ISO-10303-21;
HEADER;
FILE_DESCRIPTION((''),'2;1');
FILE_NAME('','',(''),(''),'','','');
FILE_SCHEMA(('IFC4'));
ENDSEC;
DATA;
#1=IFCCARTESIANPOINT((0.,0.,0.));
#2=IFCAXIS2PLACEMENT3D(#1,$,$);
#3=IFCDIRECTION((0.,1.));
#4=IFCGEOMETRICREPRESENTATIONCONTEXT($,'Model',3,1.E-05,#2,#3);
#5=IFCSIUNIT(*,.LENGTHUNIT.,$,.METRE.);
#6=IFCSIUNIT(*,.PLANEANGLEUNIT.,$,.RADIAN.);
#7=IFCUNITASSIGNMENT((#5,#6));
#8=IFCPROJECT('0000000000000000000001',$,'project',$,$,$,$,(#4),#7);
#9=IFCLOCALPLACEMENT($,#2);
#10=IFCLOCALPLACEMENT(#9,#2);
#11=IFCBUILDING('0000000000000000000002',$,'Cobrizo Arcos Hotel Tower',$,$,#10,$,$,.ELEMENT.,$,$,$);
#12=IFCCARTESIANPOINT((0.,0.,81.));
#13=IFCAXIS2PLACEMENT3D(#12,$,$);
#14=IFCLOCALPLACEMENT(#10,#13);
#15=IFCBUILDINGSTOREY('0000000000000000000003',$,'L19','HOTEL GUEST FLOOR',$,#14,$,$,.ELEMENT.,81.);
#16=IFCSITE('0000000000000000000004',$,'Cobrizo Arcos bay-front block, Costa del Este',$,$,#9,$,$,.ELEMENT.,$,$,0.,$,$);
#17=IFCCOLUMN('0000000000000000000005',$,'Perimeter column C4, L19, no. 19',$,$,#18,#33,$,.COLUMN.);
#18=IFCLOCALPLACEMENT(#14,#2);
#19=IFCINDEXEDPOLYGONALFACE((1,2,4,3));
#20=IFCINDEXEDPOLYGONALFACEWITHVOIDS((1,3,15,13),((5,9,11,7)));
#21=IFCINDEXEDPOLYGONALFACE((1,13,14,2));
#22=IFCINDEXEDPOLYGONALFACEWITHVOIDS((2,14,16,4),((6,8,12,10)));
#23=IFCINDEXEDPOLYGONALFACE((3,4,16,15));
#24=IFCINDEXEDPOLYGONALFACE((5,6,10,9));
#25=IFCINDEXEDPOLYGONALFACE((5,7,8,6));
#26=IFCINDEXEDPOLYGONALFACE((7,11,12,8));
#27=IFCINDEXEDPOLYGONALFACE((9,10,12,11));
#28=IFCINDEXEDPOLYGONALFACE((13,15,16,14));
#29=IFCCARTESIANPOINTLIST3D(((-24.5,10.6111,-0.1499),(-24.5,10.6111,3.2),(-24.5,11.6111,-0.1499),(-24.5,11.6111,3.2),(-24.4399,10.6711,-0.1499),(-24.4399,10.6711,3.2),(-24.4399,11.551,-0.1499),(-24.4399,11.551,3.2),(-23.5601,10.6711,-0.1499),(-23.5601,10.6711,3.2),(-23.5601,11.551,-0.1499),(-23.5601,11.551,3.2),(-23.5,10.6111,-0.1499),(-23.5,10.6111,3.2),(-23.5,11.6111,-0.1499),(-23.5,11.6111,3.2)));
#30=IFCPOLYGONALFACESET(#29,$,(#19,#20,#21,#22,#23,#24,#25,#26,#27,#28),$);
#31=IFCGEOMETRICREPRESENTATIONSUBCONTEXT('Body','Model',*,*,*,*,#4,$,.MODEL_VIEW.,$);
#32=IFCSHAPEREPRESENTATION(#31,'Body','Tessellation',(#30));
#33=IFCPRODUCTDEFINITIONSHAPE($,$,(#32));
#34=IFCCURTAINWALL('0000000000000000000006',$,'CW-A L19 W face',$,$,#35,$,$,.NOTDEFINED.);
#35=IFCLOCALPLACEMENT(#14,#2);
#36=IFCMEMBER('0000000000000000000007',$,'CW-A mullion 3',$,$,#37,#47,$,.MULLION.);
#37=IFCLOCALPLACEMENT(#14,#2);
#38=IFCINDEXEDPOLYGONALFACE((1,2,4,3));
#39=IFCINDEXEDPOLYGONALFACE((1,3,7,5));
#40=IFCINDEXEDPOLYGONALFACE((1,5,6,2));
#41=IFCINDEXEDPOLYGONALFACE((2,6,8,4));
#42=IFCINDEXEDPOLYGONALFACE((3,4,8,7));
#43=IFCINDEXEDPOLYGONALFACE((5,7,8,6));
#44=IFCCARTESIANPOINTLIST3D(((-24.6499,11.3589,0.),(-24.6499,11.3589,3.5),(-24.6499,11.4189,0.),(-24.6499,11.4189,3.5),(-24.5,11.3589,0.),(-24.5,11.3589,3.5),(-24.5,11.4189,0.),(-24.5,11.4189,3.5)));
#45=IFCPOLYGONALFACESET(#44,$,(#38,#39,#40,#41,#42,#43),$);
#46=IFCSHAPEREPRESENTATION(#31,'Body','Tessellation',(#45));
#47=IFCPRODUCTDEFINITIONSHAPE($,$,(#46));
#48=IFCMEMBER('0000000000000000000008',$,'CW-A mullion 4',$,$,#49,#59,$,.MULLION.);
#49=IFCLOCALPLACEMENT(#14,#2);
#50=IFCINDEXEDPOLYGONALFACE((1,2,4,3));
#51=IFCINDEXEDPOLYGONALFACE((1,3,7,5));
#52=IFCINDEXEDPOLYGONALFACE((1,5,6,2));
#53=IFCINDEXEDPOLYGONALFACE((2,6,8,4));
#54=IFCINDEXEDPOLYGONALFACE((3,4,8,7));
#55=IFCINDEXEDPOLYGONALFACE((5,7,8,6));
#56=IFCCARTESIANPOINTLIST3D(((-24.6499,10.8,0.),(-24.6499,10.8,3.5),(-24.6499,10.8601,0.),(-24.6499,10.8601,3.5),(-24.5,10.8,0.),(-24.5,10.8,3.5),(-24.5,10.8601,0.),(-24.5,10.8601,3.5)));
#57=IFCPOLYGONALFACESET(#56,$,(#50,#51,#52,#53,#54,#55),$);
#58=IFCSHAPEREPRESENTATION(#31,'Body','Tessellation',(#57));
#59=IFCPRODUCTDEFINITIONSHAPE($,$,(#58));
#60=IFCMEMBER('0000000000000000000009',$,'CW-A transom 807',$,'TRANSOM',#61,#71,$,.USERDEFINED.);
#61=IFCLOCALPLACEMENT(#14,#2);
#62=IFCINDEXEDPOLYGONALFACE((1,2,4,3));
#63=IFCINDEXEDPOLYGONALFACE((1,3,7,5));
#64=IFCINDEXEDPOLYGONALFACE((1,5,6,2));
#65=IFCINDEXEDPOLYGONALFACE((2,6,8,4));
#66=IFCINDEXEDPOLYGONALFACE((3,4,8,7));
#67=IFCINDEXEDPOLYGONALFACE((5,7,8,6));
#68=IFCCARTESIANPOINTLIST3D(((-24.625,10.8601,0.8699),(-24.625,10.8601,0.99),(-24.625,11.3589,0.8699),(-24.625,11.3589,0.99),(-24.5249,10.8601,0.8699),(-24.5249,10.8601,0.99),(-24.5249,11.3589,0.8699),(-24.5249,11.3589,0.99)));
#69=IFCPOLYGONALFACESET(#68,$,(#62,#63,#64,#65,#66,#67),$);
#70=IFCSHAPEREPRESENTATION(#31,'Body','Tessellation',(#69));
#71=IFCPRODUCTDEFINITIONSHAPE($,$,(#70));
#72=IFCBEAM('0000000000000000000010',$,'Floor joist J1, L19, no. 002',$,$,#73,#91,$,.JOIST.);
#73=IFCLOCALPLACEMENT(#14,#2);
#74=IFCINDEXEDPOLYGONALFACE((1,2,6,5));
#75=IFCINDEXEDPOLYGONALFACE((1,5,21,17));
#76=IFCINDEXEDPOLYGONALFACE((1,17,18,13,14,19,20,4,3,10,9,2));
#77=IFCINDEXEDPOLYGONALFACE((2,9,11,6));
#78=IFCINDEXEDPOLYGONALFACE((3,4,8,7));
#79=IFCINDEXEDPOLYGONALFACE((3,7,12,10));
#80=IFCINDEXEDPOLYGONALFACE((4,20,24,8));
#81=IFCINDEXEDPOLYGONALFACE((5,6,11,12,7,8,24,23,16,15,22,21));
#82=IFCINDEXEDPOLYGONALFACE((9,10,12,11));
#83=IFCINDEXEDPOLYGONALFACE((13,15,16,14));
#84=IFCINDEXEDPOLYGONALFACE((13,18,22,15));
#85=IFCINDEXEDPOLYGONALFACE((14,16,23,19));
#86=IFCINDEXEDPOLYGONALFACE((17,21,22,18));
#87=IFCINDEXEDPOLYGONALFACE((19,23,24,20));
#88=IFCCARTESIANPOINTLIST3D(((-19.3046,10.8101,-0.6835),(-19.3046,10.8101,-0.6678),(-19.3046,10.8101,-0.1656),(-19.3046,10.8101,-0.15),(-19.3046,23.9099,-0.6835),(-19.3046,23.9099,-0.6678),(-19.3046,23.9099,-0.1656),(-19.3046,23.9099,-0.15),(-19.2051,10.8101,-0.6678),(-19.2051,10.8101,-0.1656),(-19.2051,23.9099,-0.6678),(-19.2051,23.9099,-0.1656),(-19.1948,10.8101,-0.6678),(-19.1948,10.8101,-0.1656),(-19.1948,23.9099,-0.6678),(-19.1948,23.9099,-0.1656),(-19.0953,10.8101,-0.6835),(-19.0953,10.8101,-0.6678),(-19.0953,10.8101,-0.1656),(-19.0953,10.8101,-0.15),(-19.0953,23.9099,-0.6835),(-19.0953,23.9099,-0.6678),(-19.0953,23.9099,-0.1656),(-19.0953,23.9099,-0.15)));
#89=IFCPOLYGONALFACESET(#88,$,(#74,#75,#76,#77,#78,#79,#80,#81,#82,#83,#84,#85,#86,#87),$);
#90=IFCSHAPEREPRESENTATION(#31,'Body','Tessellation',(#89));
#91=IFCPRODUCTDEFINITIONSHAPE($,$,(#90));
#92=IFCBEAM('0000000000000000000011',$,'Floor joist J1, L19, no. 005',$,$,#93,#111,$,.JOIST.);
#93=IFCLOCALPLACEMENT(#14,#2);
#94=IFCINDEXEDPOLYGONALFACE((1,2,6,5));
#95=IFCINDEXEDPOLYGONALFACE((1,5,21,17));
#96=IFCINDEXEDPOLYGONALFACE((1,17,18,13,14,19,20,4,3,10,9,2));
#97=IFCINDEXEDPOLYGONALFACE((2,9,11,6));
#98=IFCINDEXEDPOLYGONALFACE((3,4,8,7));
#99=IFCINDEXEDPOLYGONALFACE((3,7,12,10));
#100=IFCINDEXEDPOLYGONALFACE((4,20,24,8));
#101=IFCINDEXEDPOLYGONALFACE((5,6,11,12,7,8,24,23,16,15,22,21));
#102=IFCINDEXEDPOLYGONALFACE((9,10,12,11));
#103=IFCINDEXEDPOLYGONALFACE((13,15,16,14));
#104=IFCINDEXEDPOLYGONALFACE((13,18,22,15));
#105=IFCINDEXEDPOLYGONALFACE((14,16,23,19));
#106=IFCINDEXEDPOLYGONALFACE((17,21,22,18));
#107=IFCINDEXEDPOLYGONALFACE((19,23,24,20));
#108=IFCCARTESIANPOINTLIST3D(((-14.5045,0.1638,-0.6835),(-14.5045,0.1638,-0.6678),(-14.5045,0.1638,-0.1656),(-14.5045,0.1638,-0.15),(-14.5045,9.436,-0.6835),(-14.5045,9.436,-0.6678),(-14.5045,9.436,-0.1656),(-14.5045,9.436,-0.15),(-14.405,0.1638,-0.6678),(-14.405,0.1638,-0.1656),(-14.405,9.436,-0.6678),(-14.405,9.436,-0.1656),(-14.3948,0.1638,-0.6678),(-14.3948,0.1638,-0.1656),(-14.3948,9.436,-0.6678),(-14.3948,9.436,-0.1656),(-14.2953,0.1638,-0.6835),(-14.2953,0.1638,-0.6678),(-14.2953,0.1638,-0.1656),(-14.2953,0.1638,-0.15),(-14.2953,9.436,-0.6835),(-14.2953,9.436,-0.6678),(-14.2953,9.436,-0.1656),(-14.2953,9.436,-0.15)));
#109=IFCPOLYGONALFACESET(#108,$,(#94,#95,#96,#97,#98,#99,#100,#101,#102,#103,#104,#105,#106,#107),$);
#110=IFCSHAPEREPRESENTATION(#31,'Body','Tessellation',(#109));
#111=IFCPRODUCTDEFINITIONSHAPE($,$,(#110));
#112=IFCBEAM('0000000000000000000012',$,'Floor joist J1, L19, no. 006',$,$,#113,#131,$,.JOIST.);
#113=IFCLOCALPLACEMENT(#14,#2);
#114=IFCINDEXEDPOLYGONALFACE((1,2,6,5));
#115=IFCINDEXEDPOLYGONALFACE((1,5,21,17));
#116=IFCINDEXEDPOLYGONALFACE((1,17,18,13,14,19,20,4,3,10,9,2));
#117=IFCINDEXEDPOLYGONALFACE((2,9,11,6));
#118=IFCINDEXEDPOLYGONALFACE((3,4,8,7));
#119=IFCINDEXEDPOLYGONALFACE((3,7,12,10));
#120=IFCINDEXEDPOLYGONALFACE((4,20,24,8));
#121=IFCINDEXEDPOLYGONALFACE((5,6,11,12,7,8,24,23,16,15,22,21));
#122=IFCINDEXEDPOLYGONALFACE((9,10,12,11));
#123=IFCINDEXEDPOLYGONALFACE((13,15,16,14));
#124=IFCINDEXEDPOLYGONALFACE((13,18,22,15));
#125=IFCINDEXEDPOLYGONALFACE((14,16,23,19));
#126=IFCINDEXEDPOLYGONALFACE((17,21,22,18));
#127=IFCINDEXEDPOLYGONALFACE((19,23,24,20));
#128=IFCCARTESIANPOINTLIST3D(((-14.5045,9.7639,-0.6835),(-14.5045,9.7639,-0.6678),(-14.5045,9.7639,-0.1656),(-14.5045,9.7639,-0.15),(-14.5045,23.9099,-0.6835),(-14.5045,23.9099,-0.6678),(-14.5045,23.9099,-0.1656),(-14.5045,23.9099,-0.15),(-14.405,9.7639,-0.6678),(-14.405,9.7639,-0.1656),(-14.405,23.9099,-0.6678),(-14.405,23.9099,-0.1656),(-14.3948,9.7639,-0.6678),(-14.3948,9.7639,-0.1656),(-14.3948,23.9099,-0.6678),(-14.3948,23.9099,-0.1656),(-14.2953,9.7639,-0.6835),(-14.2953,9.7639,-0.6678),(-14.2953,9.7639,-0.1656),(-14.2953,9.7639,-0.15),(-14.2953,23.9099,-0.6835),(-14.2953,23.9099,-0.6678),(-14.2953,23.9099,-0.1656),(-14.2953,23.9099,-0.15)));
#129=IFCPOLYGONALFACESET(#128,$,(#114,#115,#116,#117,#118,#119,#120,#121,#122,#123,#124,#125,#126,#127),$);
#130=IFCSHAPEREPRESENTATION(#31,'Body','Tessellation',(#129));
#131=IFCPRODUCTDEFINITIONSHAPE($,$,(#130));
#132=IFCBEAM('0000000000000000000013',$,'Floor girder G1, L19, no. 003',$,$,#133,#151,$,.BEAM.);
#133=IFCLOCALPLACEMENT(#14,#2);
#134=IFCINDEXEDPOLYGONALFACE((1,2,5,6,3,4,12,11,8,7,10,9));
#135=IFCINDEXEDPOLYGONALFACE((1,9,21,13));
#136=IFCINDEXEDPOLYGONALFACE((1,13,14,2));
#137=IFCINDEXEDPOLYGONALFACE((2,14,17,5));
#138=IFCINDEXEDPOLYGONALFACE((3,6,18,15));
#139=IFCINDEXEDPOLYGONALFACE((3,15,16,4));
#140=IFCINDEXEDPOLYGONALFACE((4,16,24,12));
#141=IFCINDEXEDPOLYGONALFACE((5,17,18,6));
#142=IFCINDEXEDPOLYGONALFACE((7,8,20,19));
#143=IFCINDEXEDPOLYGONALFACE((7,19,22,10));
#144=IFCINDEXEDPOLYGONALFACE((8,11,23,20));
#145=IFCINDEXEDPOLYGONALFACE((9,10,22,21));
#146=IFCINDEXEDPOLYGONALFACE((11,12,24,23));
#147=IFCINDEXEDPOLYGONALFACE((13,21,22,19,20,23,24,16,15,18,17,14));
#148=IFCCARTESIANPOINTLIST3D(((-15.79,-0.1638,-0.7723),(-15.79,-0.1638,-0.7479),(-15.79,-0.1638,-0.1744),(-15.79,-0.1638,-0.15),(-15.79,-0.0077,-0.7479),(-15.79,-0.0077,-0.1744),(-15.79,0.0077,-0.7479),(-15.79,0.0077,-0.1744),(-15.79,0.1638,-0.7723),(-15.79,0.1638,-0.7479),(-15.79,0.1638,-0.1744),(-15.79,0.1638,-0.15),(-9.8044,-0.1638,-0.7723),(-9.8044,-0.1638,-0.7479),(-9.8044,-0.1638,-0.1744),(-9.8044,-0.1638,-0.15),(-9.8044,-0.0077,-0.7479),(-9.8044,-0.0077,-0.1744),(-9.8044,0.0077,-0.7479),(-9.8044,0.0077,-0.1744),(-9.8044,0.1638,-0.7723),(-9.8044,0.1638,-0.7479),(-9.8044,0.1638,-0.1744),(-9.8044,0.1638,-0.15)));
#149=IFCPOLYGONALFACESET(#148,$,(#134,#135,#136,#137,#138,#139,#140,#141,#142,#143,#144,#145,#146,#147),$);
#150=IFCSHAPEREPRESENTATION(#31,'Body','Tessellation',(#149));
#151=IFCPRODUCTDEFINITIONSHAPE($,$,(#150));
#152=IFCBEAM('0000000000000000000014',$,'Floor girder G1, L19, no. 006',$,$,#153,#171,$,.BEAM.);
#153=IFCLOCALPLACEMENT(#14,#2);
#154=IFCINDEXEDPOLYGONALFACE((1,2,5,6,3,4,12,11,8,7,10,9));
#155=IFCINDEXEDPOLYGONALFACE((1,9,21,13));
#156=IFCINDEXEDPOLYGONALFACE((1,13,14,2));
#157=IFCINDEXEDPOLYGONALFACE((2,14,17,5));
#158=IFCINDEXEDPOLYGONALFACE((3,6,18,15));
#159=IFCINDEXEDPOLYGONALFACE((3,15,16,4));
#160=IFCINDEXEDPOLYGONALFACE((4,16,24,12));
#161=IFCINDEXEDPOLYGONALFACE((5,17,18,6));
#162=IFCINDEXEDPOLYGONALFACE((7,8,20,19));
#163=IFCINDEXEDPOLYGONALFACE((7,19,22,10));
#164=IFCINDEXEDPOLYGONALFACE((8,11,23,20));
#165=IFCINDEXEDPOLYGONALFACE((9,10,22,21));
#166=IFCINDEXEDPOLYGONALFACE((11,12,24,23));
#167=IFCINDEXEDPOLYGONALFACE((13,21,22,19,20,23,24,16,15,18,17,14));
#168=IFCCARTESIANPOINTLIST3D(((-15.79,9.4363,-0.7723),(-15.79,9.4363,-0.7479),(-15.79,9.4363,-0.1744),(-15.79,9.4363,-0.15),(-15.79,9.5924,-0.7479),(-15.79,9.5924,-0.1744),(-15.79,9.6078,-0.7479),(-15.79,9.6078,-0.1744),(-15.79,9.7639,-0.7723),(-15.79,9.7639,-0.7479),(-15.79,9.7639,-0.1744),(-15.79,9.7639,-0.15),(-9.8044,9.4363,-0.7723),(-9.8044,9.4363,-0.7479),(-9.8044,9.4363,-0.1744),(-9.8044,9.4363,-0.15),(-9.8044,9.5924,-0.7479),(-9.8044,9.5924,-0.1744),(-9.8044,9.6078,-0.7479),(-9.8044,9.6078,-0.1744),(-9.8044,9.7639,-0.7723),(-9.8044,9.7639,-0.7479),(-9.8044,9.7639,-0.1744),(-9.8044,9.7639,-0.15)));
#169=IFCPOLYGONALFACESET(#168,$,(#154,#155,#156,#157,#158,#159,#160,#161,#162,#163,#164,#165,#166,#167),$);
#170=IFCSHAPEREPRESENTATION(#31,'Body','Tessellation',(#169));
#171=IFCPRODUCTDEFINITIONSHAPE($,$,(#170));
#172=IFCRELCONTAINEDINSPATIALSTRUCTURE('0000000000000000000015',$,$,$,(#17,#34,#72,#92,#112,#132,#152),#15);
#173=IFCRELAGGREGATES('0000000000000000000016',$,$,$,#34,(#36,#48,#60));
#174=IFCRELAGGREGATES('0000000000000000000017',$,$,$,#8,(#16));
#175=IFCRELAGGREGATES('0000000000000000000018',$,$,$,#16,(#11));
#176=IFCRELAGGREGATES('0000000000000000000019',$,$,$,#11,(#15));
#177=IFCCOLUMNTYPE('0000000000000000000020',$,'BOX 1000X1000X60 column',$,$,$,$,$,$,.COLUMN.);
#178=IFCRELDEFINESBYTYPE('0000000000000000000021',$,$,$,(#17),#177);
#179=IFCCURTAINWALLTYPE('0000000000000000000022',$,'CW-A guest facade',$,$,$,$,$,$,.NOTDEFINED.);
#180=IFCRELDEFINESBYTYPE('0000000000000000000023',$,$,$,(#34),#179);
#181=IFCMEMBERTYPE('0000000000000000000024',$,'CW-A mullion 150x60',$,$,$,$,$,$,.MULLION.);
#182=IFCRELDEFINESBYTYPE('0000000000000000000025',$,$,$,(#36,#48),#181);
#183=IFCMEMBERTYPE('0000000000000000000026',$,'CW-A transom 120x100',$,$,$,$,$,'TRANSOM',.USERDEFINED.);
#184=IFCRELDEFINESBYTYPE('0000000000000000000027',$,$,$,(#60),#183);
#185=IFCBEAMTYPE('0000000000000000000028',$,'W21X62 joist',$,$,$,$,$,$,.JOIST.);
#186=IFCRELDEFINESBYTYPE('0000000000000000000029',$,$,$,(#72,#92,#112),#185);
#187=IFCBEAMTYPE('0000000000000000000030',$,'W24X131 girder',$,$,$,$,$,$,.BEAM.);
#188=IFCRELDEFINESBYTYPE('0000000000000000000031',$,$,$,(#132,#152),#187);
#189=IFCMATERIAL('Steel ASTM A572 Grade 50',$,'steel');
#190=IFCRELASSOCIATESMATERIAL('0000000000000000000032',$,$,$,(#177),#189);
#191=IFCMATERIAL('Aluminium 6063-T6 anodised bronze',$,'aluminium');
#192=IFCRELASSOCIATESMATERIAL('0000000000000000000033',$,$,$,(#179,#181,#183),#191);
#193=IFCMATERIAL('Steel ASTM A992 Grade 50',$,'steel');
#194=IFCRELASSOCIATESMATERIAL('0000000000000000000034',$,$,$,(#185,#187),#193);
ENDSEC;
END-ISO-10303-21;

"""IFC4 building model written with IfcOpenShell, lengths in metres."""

from ifc_helpers import new_model, si_unit, direction, frame, origin, origin_2d, place, context, subcontext, project, spatial, rectangle, hollow_rectangle, i_section, extrude, material, material_profile, profile_set, type_object, element, aggregate, save


model = new_model("IFC4")

# Units and contexts
model_context = context("Model", 3, precision=1e-05, world=origin(), true_north=direction((0.0, 1.0)))
body_context = subcontext(model_context, "Body", "Model", "MODEL_VIEW")
ifc_project = project(units=[si_unit("LENGTHUNIT", "METRE"), si_unit("PLANEANGLEUNIT", "RADIAN")], contexts=[model_context])

# Site, building, storey
site_placement = place(None, origin())
site = spatial("IfcSite", under=ifc_project, at=site_placement, Name="Cobrizo Arcos bay-front block, Costa del Este", CompositionType="ELEMENT", RefElevation=0.0)
building_placement = place(site_placement, origin())
building = spatial("IfcBuilding", under=site, at=building_placement, Name="Cobrizo Arcos Hotel Tower", CompositionType="ELEMENT")
storey_placement = place(building_placement, frame((0.0, 0.0, 81.0)))
storey = spatial("IfcBuildingStorey", under=building, at=storey_placement, Name="L19", Description="HOTEL GUEST FLOOR", CompositionType="ELEMENT", Elevation=81.0)

# Column
ifc_material_1 = material(Name="Steel ASTM A572 Grade 50", Category="steel")
ifc_material_profile_1 = material_profile(ifc_material_1, hollow_rectangle(XDim=1.0, YDim=1.0, WallThickness=0.0601, at=origin_2d()), Name="BOX 1000X1000X60")
ifc_profile_set_1 = profile_set([ifc_material_profile_1], Name="Steel ASTM A572 Grade 50")
column_type = type_object("IfcColumnType", Name="BOX 1000X1000X60 column", PredefinedType="COLUMN", material=ifc_profile_set_1)
column_placement = place(storey_placement, frame((-24.0, 11.1111, -0.1499), z_axis=(0.0, 0.0, 1.0), x_axis=(1.0, 0.0, 0.0)))
element("IfcColumn", 1, at=column_placement, inside=storey, type_object=column_type, Name="Perimeter column C4, L19, no. 19", PredefinedType="COLUMN", context=body_context, shape_type="SweptSolid", body=[
    extrude(hollow_rectangle(XDim=1.0, YDim=1.0, WallThickness=0.0601, at=origin_2d()), origin(), (0.0, 0.0, 1.0), 3.3499),
])

# Curtain wall, members
ifc_material_2 = material(Name="Aluminium 6063-T6 anodised bronze", Category="aluminium")
curtain_wall_type = type_object("IfcCurtainWallType", Name="CW-A guest facade", PredefinedType="NOTDEFINED", material=ifc_material_2)
curtain_wall_placement = place(storey_placement, origin())
curtain_wall = element("IfcCurtainWall", 2, at=curtain_wall_placement, inside=storey, type_object=curtain_wall_type, Name="CW-A L19 W face", PredefinedType="NOTDEFINED")
ifc_material_profile_2 = material_profile(ifc_material_2, rectangle(XDim=0.1499, YDim=0.0601, at=origin_2d()), Name="CW-A mullion 150x60")
ifc_profile_set_2 = profile_set([ifc_material_profile_2], Name="Aluminium 6063-T6 anodised bronze")
member_type_1 = type_object("IfcMemberType", Name="CW-A mullion 150x60", PredefinedType="MULLION", material=ifc_profile_set_2)
member_1_placement = place(storey_placement, frame((-24.575, 11.3889, 0.0), z_axis=(0.0, 0.0, 1.0), x_axis=(-1.0, 0.0, 0.0)))
member_1 = element("IfcMember", 3, at=member_1_placement, type_object=member_type_1, Name="CW-A mullion 3", PredefinedType="MULLION", context=body_context, shape_type="SweptSolid", body=[
    extrude(rectangle(XDim=0.1499, YDim=0.0601, at=origin_2d()), origin(), (0.0, 0.0, 1.0), 3.5),
])
member_2_placement = place(storey_placement, frame((-24.575, 10.8301, 0.0), z_axis=(0.0, 0.0, 1.0), x_axis=(-1.0, 0.0, 0.0)))
member_2 = element("IfcMember", 4, at=member_2_placement, type_object=member_type_1, Name="CW-A mullion 4", PredefinedType="MULLION", context=body_context, shape_type="SweptSolid", body=[
    extrude(rectangle(XDim=0.1499, YDim=0.0601, at=origin_2d()), origin(), (0.0, 0.0, 1.0), 3.5),
])
ifc_material_profile_3 = material_profile(ifc_material_2, rectangle(XDim=0.1001, YDim=0.1201, at=origin_2d()), Name="CW-A transom 120x100")
ifc_profile_set_3 = profile_set([ifc_material_profile_3], Name="Aluminium 6063-T6 anodised bronze")
member_type_2 = type_object("IfcMemberType", Name="CW-A transom 120x100", ElementType="TRANSOM", PredefinedType="USERDEFINED", material=ifc_profile_set_3)
member_3_placement = place(storey_placement, frame((-24.575, 11.3589, 0.9299), z_axis=(0.0, -1.0, 0.0), x_axis=(1.0, 0.0, 0.0)))
member_3 = element("IfcMember", 5, at=member_3_placement, type_object=member_type_2, Name="CW-A transom 807", ObjectType="TRANSOM", PredefinedType="USERDEFINED", context=body_context, shape_type="SweptSolid", body=[
    extrude(rectangle(XDim=0.1001, YDim=0.1201, at=origin_2d()), origin(), (0.0, 0.0, 1.0), 0.4988),
])

# Beams
ifc_material_3 = material(Name="Steel ASTM A992 Grade 50", Category="steel")
ifc_material_profile_4 = material_profile(ifc_material_3, i_section(OverallWidth=0.2092, OverallDepth=0.5334, WebThickness=0.0103, FlangeThickness=0.0156, at=origin_2d()), Name="W21X62")
ifc_profile_set_4 = profile_set([ifc_material_profile_4], Name="Steel ASTM A992 Grade 50")
beam_type_1 = type_object("IfcBeamType", Name="W21X62 joist", PredefinedType="JOIST", material=ifc_profile_set_4)
beam_1_placement = place(storey_placement, frame((-19.2, 10.8101, -0.4167), z_axis=(0.0, 1.0, 0.0), x_axis=(-1.0, 0.0, 0.0)))
element("IfcBeam", 6, at=beam_1_placement, inside=storey, type_object=beam_type_1, Name="Floor joist J1, L19, no. 002", PredefinedType="JOIST", context=body_context, shape_type="SweptSolid", body=[
    extrude(i_section(OverallWidth=0.2092, OverallDepth=0.5334, WebThickness=0.0103, FlangeThickness=0.0156, at=origin_2d()), origin(), (0.0, 0.0, 1.0), 13.0999),
])
beam_2_placement = place(storey_placement, frame((-14.3999, 0.1638, -0.4167), z_axis=(0.0, 1.0, 0.0), x_axis=(-1.0, 0.0, 0.0)))
element("IfcBeam", 7, at=beam_2_placement, inside=storey, type_object=beam_type_1, Name="Floor joist J1, L19, no. 005", PredefinedType="JOIST", context=body_context, shape_type="SweptSolid", body=[
    extrude(i_section(OverallWidth=0.2092, OverallDepth=0.5334, WebThickness=0.0103, FlangeThickness=0.0156, at=origin_2d()), origin(), (0.0, 0.0, 1.0), 9.2722),
])
beam_3_placement = place(storey_placement, frame((-14.3999, 9.7639, -0.4167), z_axis=(0.0, 1.0, 0.0), x_axis=(-1.0, 0.0, 0.0)))
element("IfcBeam", 8, at=beam_3_placement, inside=storey, type_object=beam_type_1, Name="Floor joist J1, L19, no. 006", PredefinedType="JOIST", context=body_context, shape_type="SweptSolid", body=[
    extrude(i_section(OverallWidth=0.2092, OverallDepth=0.5334, WebThickness=0.0103, FlangeThickness=0.0156, at=origin_2d()), origin(), (0.0, 0.0, 1.0), 14.146),
])
ifc_material_profile_5 = material_profile(ifc_material_3, i_section(OverallWidth=0.3276, OverallDepth=0.6223, WebThickness=0.0154, FlangeThickness=0.0244, at=origin_2d()), Name="W24X131")
ifc_profile_set_5 = profile_set([ifc_material_profile_5], Name="Steel ASTM A992 Grade 50")
beam_type_2 = type_object("IfcBeamType", Name="W24X131 girder", PredefinedType="BEAM", material=ifc_profile_set_5)
for number, where, z_axis, x_axis, name in (
    (9, (-15.79, 0.0, -0.4612), (1.0, 0.0, 0.0), (0.0, 1.0, 0.0), "Floor girder G1, L19, no. 003"),
    (10, (-15.79, 9.6001, -0.4612), (1.0, 0.0, 0.0), (0.0, 1.0, 0.0), "Floor girder G1, L19, no. 006"),
):
    element("IfcBeam", number, at=place(storey_placement, frame(where, z_axis=z_axis, x_axis=x_axis)), inside=storey, type_object=beam_type_2, Name=name, PredefinedType="BEAM", context=body_context, shape_type="SweptSolid", body=[
        extrude(i_section(OverallWidth=0.3276, OverallDepth=0.6223, WebThickness=0.0154, FlangeThickness=0.0244, at=origin_2d()), origin(), (0.0, 0.0, 1.0), 5.9856),
    ])

aggregate(curtain_wall, [member_1, member_2, member_3])

save(model, "model.ifc")
